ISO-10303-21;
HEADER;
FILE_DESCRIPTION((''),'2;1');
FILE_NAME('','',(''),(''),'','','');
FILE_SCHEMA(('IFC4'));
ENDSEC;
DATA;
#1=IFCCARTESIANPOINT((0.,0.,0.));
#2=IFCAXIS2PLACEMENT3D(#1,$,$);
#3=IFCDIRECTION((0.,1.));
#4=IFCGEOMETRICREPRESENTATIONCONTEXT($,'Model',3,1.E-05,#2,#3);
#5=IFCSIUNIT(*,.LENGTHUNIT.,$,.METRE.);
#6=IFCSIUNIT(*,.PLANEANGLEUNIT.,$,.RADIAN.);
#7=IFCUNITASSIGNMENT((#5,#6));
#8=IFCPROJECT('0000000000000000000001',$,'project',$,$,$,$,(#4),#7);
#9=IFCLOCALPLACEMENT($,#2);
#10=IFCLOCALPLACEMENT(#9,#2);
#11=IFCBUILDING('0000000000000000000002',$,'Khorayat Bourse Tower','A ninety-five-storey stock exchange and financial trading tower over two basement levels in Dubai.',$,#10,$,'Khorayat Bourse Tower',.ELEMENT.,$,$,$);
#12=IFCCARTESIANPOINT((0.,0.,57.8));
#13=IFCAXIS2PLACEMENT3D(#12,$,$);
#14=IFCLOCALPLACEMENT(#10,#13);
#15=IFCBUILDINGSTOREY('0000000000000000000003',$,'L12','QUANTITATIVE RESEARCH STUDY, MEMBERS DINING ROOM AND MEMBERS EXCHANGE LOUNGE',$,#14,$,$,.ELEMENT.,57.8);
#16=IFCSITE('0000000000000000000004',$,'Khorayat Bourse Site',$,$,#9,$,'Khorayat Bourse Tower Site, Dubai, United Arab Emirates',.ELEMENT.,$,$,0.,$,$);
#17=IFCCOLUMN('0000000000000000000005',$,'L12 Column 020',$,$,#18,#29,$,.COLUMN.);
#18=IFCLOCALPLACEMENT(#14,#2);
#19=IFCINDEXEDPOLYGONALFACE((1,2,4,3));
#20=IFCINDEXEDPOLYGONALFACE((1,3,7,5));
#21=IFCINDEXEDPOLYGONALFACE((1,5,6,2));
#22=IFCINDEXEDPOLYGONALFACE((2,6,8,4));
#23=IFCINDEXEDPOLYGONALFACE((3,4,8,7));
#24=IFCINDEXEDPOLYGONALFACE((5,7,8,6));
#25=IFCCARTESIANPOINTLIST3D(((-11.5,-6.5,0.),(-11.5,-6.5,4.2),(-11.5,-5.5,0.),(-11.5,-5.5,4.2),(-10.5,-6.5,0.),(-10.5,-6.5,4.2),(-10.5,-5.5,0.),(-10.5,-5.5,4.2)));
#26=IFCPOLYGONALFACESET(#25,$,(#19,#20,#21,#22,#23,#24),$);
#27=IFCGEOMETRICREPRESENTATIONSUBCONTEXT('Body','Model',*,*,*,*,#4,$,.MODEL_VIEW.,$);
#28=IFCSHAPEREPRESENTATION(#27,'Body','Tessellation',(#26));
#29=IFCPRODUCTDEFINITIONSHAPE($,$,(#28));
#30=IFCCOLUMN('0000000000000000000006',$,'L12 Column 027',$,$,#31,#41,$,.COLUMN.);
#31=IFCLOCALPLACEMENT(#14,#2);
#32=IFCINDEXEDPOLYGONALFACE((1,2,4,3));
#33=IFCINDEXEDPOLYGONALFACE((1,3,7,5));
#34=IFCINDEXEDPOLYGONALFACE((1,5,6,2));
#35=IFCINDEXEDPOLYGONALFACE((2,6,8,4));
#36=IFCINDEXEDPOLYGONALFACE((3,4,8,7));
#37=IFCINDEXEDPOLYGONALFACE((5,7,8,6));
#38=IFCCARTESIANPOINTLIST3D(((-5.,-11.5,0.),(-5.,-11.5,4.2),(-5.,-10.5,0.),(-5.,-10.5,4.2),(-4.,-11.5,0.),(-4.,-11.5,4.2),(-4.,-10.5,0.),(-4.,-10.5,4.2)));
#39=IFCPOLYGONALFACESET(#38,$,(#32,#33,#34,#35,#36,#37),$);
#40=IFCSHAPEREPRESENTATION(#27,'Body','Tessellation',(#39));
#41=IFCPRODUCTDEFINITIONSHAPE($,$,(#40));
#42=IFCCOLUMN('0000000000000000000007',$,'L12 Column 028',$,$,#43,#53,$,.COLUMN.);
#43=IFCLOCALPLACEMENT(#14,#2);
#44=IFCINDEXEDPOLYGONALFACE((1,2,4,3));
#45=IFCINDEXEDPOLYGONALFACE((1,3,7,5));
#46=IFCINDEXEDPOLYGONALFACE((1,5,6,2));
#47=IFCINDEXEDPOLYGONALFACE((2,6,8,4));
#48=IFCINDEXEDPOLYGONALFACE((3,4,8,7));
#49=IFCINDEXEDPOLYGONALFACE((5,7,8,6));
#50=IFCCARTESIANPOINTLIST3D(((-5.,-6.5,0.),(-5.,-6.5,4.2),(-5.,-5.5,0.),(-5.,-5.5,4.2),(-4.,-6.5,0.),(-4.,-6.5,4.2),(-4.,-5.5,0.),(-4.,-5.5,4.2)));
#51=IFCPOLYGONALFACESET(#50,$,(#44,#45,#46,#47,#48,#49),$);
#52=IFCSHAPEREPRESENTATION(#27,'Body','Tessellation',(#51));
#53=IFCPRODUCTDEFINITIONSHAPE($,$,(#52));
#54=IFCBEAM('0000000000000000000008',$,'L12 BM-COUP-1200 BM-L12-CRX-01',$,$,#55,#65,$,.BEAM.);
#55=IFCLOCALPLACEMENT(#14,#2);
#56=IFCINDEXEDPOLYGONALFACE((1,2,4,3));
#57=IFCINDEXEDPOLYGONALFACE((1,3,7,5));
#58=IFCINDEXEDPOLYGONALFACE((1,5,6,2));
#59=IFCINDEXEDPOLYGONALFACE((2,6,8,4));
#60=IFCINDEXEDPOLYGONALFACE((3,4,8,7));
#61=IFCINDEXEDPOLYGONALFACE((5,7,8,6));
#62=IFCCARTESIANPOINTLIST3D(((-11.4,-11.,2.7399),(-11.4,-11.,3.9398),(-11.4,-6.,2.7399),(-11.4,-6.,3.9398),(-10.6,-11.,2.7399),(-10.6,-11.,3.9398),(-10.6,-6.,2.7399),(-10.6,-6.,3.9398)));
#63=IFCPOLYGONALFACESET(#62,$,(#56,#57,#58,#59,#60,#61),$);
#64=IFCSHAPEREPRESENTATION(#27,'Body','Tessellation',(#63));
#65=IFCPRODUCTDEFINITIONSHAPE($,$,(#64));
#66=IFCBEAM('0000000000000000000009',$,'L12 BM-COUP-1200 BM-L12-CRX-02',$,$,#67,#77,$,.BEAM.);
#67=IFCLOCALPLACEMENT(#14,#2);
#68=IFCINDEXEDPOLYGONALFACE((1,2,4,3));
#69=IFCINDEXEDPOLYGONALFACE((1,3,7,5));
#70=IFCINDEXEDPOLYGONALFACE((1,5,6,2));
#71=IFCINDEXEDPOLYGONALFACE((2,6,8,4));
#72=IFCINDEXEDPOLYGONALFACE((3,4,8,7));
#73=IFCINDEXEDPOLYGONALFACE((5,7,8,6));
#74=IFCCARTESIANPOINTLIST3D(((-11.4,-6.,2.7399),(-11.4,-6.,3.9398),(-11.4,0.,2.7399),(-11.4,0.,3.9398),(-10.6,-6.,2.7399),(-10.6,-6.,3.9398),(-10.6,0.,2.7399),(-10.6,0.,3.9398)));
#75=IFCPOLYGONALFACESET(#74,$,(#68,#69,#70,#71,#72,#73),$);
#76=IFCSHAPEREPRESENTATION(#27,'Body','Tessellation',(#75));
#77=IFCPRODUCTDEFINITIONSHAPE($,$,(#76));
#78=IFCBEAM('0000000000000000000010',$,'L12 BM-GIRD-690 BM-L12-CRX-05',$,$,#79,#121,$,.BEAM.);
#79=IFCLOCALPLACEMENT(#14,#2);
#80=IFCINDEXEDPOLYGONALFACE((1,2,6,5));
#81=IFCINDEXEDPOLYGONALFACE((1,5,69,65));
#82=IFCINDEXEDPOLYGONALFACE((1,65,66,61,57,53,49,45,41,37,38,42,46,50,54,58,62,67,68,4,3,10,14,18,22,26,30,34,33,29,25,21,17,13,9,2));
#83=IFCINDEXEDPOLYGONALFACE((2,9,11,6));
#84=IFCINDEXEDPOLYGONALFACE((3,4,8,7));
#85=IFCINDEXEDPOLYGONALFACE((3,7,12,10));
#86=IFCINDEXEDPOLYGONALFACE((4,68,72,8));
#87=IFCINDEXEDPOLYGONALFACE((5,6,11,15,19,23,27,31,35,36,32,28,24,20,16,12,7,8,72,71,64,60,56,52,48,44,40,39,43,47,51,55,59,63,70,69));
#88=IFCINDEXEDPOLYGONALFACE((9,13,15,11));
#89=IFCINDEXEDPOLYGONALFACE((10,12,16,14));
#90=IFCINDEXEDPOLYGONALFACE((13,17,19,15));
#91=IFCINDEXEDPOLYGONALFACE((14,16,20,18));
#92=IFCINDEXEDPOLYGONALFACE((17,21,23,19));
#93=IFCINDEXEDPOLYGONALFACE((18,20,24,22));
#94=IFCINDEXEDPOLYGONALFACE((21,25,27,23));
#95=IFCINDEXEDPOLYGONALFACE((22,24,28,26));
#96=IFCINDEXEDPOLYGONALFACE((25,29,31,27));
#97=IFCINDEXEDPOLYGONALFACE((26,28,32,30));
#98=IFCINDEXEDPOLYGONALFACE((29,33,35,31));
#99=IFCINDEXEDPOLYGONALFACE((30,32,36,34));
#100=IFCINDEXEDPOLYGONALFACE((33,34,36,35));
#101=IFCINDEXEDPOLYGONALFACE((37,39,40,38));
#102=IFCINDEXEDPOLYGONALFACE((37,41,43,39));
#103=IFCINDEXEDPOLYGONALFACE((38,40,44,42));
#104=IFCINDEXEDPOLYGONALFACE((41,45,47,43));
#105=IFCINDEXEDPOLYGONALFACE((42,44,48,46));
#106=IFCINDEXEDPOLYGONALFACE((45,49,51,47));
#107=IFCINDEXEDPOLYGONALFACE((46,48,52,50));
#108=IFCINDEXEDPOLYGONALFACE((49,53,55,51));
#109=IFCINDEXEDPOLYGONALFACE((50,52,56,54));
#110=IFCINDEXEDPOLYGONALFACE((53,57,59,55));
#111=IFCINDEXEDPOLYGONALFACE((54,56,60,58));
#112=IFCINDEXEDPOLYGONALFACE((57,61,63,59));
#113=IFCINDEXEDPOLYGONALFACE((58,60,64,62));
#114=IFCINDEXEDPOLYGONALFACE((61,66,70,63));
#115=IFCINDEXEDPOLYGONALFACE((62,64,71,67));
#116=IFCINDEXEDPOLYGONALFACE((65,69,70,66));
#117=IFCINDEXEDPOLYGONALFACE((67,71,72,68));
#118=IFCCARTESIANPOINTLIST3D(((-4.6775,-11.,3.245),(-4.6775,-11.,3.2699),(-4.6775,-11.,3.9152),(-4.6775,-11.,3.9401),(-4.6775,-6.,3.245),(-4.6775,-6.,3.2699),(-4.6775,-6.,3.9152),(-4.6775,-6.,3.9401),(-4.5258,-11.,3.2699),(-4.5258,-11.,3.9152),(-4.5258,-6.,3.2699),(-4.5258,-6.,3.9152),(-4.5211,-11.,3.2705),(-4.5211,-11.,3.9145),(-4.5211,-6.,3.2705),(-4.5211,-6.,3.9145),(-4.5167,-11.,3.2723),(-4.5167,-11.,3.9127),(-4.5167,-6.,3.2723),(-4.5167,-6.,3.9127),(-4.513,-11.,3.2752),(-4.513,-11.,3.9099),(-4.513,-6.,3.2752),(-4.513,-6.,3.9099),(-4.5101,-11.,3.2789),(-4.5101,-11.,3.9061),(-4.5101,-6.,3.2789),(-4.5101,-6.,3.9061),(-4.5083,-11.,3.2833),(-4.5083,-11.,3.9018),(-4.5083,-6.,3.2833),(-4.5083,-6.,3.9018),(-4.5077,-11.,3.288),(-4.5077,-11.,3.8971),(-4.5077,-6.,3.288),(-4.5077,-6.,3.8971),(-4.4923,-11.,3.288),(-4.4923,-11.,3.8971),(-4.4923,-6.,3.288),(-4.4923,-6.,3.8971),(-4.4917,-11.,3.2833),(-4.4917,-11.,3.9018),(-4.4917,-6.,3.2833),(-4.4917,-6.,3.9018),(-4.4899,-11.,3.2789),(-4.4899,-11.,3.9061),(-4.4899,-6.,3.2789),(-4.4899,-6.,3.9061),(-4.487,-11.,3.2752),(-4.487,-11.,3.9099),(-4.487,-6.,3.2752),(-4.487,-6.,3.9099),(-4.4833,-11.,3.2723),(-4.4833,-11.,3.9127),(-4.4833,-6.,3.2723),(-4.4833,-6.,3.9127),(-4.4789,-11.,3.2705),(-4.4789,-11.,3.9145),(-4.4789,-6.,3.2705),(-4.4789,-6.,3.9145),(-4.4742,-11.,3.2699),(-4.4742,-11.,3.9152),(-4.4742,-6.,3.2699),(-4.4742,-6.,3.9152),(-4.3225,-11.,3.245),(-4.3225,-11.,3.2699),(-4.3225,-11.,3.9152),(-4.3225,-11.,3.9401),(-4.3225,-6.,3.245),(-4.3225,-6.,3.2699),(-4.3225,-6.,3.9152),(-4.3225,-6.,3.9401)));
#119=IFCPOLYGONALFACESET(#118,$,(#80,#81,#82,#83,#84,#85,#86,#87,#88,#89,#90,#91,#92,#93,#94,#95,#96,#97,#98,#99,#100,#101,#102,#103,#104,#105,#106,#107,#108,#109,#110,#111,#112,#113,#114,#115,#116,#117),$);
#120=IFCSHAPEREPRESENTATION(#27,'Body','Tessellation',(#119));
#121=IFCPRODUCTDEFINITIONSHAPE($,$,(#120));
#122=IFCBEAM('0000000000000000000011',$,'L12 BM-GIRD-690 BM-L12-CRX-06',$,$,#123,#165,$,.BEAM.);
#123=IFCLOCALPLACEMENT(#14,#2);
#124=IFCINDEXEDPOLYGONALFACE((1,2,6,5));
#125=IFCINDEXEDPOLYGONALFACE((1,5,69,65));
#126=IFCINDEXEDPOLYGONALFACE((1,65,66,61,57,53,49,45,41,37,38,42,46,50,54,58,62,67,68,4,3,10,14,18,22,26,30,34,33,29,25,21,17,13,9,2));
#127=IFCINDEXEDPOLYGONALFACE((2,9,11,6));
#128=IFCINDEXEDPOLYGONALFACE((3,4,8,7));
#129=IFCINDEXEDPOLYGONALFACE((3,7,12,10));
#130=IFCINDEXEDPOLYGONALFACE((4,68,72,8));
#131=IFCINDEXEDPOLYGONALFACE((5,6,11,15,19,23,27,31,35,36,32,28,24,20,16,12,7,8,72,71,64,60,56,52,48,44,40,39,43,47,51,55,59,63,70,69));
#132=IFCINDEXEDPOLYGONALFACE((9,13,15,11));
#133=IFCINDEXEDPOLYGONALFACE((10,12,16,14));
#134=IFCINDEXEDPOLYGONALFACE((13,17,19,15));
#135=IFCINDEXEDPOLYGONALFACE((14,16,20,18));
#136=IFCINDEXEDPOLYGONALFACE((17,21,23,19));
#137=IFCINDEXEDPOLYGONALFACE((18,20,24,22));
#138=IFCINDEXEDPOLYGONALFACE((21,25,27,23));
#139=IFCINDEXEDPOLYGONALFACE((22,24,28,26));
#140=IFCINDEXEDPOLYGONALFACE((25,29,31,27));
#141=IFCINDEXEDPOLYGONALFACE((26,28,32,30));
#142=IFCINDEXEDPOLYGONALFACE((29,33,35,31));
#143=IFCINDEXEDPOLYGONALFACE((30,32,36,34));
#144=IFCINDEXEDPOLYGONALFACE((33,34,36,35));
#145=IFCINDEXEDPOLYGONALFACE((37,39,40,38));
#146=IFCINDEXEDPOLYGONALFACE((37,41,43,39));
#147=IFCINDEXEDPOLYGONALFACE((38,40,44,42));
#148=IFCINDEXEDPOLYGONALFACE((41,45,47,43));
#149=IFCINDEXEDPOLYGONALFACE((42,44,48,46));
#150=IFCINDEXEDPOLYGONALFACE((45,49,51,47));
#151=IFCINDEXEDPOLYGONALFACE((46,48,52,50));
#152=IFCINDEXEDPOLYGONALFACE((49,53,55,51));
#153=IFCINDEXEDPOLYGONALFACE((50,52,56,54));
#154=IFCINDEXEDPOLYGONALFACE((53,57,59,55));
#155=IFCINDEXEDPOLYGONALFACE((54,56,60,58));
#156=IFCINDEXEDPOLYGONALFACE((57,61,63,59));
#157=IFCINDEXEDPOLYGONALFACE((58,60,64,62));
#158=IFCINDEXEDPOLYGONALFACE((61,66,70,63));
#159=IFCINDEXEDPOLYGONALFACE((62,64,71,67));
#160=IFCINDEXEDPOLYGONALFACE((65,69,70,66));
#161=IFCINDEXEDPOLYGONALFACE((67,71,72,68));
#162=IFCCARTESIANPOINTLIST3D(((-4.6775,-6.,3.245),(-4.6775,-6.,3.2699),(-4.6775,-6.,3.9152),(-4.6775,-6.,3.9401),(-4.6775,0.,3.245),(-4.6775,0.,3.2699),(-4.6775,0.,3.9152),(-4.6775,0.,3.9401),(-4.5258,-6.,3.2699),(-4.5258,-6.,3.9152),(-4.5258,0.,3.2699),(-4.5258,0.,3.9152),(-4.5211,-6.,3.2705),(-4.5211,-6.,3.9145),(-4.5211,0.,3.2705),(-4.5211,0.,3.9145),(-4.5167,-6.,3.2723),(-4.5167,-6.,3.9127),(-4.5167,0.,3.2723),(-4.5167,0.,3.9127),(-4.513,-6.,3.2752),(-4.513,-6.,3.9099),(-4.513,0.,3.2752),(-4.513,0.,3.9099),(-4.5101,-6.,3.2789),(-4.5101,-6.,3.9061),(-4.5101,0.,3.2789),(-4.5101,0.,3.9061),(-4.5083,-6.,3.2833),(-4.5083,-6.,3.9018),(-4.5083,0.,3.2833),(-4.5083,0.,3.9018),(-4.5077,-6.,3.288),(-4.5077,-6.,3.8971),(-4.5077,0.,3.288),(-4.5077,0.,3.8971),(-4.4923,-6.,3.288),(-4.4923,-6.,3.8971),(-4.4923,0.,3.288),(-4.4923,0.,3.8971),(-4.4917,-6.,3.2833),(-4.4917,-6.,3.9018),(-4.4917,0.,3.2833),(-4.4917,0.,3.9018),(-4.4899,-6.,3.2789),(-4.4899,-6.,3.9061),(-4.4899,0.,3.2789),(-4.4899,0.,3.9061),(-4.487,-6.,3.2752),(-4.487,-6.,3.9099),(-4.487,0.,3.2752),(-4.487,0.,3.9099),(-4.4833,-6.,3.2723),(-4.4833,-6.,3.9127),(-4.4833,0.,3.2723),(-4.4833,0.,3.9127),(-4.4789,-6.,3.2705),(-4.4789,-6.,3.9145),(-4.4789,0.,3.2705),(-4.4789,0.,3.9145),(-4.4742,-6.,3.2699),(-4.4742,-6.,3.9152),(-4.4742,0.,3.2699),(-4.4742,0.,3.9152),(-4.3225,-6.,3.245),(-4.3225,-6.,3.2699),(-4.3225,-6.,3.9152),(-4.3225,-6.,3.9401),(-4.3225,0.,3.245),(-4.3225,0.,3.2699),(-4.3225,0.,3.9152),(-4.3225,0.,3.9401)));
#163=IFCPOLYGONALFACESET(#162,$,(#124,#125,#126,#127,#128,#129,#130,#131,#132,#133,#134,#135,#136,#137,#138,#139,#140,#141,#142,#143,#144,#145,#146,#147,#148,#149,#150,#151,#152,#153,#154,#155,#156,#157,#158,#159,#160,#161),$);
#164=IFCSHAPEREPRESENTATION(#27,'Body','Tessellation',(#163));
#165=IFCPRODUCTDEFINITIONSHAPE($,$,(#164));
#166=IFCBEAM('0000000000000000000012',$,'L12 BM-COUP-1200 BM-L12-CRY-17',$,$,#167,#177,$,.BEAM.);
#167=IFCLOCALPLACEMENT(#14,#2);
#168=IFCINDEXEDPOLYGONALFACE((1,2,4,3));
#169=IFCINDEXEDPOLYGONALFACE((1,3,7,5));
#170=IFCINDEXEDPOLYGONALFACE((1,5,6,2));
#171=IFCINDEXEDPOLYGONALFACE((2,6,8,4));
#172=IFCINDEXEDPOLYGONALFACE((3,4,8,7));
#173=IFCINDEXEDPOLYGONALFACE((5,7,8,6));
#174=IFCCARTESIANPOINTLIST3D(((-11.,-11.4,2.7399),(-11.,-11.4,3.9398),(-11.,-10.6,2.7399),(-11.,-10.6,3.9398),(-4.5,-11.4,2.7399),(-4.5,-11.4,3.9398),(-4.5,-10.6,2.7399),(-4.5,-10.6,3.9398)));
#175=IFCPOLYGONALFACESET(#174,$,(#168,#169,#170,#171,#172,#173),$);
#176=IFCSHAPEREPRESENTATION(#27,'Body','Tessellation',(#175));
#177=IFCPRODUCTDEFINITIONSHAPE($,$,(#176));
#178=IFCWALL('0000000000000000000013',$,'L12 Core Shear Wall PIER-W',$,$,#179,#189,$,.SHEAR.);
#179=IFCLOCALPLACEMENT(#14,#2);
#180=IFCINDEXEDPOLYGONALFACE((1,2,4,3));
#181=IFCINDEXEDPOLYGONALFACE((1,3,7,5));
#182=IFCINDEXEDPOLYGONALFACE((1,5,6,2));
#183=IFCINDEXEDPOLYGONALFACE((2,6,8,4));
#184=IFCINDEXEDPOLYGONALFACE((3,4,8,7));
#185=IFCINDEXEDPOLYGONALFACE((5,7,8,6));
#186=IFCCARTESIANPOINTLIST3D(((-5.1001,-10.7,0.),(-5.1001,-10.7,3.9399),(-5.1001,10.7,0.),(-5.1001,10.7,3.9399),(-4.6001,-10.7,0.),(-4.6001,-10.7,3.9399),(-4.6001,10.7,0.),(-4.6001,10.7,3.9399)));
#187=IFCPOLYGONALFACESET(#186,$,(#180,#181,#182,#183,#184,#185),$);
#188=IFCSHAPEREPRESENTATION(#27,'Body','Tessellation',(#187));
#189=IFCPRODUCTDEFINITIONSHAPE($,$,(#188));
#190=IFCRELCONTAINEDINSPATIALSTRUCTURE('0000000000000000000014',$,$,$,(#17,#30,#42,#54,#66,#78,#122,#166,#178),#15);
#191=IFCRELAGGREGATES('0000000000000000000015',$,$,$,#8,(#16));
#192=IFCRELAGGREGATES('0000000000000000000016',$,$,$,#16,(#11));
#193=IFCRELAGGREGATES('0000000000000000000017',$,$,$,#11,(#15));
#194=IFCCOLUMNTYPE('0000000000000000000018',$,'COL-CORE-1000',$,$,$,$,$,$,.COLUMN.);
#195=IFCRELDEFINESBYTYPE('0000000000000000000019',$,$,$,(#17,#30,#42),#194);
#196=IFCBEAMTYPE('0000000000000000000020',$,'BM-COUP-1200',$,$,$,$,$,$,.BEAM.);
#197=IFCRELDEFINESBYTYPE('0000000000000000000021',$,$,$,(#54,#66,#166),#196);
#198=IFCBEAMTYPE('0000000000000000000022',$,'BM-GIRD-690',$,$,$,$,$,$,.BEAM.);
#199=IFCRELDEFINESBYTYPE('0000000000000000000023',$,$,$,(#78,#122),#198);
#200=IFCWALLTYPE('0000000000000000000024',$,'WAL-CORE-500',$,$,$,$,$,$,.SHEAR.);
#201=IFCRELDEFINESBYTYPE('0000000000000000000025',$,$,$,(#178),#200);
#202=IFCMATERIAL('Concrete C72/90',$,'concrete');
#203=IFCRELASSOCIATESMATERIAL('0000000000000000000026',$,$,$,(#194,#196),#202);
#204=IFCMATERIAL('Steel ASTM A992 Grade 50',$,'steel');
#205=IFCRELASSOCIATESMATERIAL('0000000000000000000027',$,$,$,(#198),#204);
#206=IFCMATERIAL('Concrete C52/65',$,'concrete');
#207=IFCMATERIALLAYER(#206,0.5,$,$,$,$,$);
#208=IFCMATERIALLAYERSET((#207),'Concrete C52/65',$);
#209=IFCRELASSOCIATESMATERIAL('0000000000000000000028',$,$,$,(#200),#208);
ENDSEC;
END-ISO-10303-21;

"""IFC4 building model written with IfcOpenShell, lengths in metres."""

from ifc_helpers import new_model, si_unit, direction, frame, frame_2d, origin, origin_2d, place, context, subcontext, project, spatial, rectangle, i_section, extrude, source, transform, mapped, material, layer, layer_set, material_profile, profile_set, type_object, element, save


model = new_model("IFC4")

# Units and contexts
model_context = context("Model", 3, precision=1e-05, world=origin(), true_north=direction((0.0, 1.0)))
body_context = subcontext(model_context, "Body", "Model", "MODEL_VIEW")
ifc_project = project(units=[si_unit("LENGTHUNIT", "METRE"), si_unit("PLANEANGLEUNIT", "RADIAN")], contexts=[model_context])

# Site, building, storey
site_placement = place(None, origin())
site = spatial("IfcSite", under=ifc_project, at=site_placement, Name="Khorayat Bourse Site", LongName="Khorayat Bourse Tower Site, Dubai, United Arab Emirates", CompositionType="ELEMENT", RefElevation=0.0)
building_placement = place(site_placement, origin())
building = spatial("IfcBuilding", under=site, at=building_placement, Name="Khorayat Bourse Tower", Description="A ninety-five-storey stock exchange and financial trading tower over two basement levels in Dubai.", LongName="Khorayat Bourse Tower", CompositionType="ELEMENT")
storey_placement = place(building_placement, frame((0.0, 0.0, 57.8)))
storey = spatial("IfcBuildingStorey", under=building, at=storey_placement, Name="L12", Description="QUANTITATIVE RESEARCH STUDY, MEMBERS DINING ROOM AND MEMBERS EXCHANGE LOUNGE", CompositionType="ELEMENT", Elevation=57.8)

# Columns
ifc_material_1 = material(Name="Concrete C72/90", Category="concrete")
ifc_material_profile_1 = material_profile(ifc_material_1, rectangle(XDim=1.0, YDim=1.0, at=origin_2d()), Name="RC 1000x1000")
ifc_profile_set_1 = profile_set([ifc_material_profile_1], Name="Concrete C72/90")
column_type = type_object("IfcColumnType", Name="COL-CORE-1000", PredefinedType="COLUMN", material=ifc_profile_set_1)
shared_shape_1 = source(origin(), body_context, "Body", "SweptSolid", [
    extrude(rectangle(XDim=1.0, YDim=1.0, at=origin_2d()), origin(), (0.0, 0.0, 1.0), 4.2),
])
for number, where, z_axis, x_axis, name in (
    (1, (-11.0, -6.0, 0.0), (0.0, 0.0, 1.0), (1.0, 0.0, 0.0), "L12 Column 020"),
    (2, (-4.5, -11.0, 0.0), (0.0, 0.0, 1.0), (1.0, 0.0, 0.0), "L12 Column 027"),
    (3, (-4.5, -6.0, 0.0), (0.0, 0.0, 1.0), (1.0, 0.0, 0.0), "L12 Column 028"),
):
    element("IfcColumn", number, at=place(storey_placement, frame(where, z_axis=z_axis, x_axis=x_axis)), inside=storey, type_object=column_type, Name=name, PredefinedType="COLUMN", context=body_context, shape_type="MappedRepresentation", body=[
        mapped(shared_shape_1, transform((0.0, 0.0, 0.0), scale=1.0)),
    ])

# Beams
ifc_material_profile_2 = material_profile(ifc_material_1, rectangle(XDim=0.8, YDim=1.2, at=origin_2d()), Name="RC 800x1200")
ifc_profile_set_2 = profile_set([ifc_material_profile_2], Name="Concrete C72/90")
beam_type_1 = type_object("IfcBeamType", Name="BM-COUP-1200", PredefinedType="BEAM", material=ifc_profile_set_2)
shared_shape_2 = source(origin(), body_context, "Body", "SweptSolid", [
    extrude(rectangle(XDim=0.8, YDim=1.2, at=origin_2d()), origin(), (0.0, 0.0, 1.0), 5.0),
])
beam_1_placement = place(storey_placement, frame((-11.0, -11.0, 3.3398), z_axis=(0.0, 1.0, 0.0), x_axis=(-1.0, 0.0, 0.0)))
element("IfcBeam", 4, at=beam_1_placement, inside=storey, type_object=beam_type_1, Name="L12 BM-COUP-1200 BM-L12-CRX-01", PredefinedType="BEAM", context=body_context, shape_type="MappedRepresentation", body=[
    mapped(shared_shape_2, transform((0.0, 0.0, 0.0), scale=1.0)),
])
shared_shape_3 = source(origin(), body_context, "Body", "SweptSolid", [
    extrude(rectangle(XDim=0.8, YDim=1.2, at=origin_2d()), origin(), (0.0, 0.0, 1.0), 6.0),
])
beam_2_placement = place(storey_placement, frame((-11.0, -6.0, 3.3398), z_axis=(0.0, 1.0, 0.0), x_axis=(-1.0, 0.0, 0.0)))
element("IfcBeam", 5, at=beam_2_placement, inside=storey, type_object=beam_type_1, Name="L12 BM-COUP-1200 BM-L12-CRX-02", PredefinedType="BEAM", context=body_context, shape_type="MappedRepresentation", body=[
    mapped(shared_shape_3, transform((0.0, 0.0, 0.0), scale=1.0)),
])
ifc_material_2 = material(Name="Steel ASTM A992 Grade 50", Category="steel")
ifc_material_profile_3 = material_profile(ifc_material_2, i_section(OverallWidth=0.355, OverallDepth=0.6951, WebThickness=0.0154, FlangeThickness=0.0249, FilletRadius=0.0181, at=origin_2d()), Name="W690X217")
ifc_profile_set_3 = profile_set([ifc_material_profile_3], Name="Steel ASTM A992 Grade 50")
beam_type_2 = type_object("IfcBeamType", Name="BM-GIRD-690", PredefinedType="BEAM", material=ifc_profile_set_3)
shared_shape_4 = source(origin(), body_context, "Body", "SweptSolid", [
    extrude(i_section(OverallWidth=0.355, OverallDepth=0.6951, WebThickness=0.0154, FlangeThickness=0.0249, FilletRadius=0.0181, at=origin_2d()), origin(), (0.0, 0.0, 1.0), 5.0),
])
beam_3_placement = place(storey_placement, frame((-4.5, -11.0, 3.5925), z_axis=(0.0, 1.0, 0.0), x_axis=(-1.0, 0.0, 0.0)))
element("IfcBeam", 6, at=beam_3_placement, inside=storey, type_object=beam_type_2, Name="L12 BM-GIRD-690 BM-L12-CRX-05", PredefinedType="BEAM", context=body_context, shape_type="MappedRepresentation", body=[
    mapped(shared_shape_4, transform((0.0, 0.0, 0.0), scale=1.0)),
])
shared_shape_5 = source(origin(), body_context, "Body", "SweptSolid", [
    extrude(i_section(OverallWidth=0.355, OverallDepth=0.6951, WebThickness=0.0154, FlangeThickness=0.0249, FilletRadius=0.0181, at=origin_2d()), origin(), (0.0, 0.0, 1.0), 6.0),
])
beam_4_placement = place(storey_placement, frame((-4.5, -6.0, 3.5925), z_axis=(0.0, 1.0, 0.0), x_axis=(-1.0, 0.0, 0.0)))
element("IfcBeam", 7, at=beam_4_placement, inside=storey, type_object=beam_type_2, Name="L12 BM-GIRD-690 BM-L12-CRX-06", PredefinedType="BEAM", context=body_context, shape_type="MappedRepresentation", body=[
    mapped(shared_shape_5, transform((0.0, 0.0, 0.0), scale=1.0)),
])
shared_shape_6 = source(origin(), body_context, "Body", "SweptSolid", [
    extrude(rectangle(XDim=0.8, YDim=1.2, at=origin_2d()), origin(), (0.0, 0.0, 1.0), 6.5),
])
beam_5_placement = place(storey_placement, frame((-11.0, -11.0, 3.3398), z_axis=(1.0, 0.0, 0.0), x_axis=(0.0, 1.0, 0.0)))
element("IfcBeam", 8, at=beam_5_placement, inside=storey, type_object=beam_type_1, Name="L12 BM-COUP-1200 BM-L12-CRY-17", PredefinedType="BEAM", context=body_context, shape_type="MappedRepresentation", body=[
    mapped(shared_shape_6, transform((0.0, 0.0, 0.0), scale=1.0)),
])

# Wall
ifc_material_3 = material(Name="Concrete C52/65", Category="concrete")
ifc_layer_1 = layer(ifc_material_3, 0.5)
ifc_layer_set_1 = layer_set([ifc_layer_1], Name="Concrete C52/65")
wall_type_1 = type_object("IfcWallType", Name="WAL-CORE-500", PredefinedType="SHEAR", material=ifc_layer_set_1)
shared_shape_7 = source(origin(), body_context, "Body", "SweptSolid", [
    extrude(rectangle(XDim=21.3999, YDim=0.5, at=frame_2d((10.7, 0.0))), origin(), (0.0, 0.0, 1.0), 3.9399),
])
wall_1_placement = place(storey_placement, frame((-4.8501, -10.7, 0.0), z_axis=(0.0, 0.0, 1.0), x_axis=(0.0, 1.0, 0.0)))
element("IfcWall", 9, at=wall_1_placement, inside=storey, type_object=wall_type_1, Name="L12 Core Shear Wall PIER-W", PredefinedType="SHEAR", context=body_context, shape_type="MappedRepresentation", body=[
    mapped(shared_shape_7, transform((0.0, 0.0, 0.0), scale=1.0)),
])

save(model, "model.ifc")
